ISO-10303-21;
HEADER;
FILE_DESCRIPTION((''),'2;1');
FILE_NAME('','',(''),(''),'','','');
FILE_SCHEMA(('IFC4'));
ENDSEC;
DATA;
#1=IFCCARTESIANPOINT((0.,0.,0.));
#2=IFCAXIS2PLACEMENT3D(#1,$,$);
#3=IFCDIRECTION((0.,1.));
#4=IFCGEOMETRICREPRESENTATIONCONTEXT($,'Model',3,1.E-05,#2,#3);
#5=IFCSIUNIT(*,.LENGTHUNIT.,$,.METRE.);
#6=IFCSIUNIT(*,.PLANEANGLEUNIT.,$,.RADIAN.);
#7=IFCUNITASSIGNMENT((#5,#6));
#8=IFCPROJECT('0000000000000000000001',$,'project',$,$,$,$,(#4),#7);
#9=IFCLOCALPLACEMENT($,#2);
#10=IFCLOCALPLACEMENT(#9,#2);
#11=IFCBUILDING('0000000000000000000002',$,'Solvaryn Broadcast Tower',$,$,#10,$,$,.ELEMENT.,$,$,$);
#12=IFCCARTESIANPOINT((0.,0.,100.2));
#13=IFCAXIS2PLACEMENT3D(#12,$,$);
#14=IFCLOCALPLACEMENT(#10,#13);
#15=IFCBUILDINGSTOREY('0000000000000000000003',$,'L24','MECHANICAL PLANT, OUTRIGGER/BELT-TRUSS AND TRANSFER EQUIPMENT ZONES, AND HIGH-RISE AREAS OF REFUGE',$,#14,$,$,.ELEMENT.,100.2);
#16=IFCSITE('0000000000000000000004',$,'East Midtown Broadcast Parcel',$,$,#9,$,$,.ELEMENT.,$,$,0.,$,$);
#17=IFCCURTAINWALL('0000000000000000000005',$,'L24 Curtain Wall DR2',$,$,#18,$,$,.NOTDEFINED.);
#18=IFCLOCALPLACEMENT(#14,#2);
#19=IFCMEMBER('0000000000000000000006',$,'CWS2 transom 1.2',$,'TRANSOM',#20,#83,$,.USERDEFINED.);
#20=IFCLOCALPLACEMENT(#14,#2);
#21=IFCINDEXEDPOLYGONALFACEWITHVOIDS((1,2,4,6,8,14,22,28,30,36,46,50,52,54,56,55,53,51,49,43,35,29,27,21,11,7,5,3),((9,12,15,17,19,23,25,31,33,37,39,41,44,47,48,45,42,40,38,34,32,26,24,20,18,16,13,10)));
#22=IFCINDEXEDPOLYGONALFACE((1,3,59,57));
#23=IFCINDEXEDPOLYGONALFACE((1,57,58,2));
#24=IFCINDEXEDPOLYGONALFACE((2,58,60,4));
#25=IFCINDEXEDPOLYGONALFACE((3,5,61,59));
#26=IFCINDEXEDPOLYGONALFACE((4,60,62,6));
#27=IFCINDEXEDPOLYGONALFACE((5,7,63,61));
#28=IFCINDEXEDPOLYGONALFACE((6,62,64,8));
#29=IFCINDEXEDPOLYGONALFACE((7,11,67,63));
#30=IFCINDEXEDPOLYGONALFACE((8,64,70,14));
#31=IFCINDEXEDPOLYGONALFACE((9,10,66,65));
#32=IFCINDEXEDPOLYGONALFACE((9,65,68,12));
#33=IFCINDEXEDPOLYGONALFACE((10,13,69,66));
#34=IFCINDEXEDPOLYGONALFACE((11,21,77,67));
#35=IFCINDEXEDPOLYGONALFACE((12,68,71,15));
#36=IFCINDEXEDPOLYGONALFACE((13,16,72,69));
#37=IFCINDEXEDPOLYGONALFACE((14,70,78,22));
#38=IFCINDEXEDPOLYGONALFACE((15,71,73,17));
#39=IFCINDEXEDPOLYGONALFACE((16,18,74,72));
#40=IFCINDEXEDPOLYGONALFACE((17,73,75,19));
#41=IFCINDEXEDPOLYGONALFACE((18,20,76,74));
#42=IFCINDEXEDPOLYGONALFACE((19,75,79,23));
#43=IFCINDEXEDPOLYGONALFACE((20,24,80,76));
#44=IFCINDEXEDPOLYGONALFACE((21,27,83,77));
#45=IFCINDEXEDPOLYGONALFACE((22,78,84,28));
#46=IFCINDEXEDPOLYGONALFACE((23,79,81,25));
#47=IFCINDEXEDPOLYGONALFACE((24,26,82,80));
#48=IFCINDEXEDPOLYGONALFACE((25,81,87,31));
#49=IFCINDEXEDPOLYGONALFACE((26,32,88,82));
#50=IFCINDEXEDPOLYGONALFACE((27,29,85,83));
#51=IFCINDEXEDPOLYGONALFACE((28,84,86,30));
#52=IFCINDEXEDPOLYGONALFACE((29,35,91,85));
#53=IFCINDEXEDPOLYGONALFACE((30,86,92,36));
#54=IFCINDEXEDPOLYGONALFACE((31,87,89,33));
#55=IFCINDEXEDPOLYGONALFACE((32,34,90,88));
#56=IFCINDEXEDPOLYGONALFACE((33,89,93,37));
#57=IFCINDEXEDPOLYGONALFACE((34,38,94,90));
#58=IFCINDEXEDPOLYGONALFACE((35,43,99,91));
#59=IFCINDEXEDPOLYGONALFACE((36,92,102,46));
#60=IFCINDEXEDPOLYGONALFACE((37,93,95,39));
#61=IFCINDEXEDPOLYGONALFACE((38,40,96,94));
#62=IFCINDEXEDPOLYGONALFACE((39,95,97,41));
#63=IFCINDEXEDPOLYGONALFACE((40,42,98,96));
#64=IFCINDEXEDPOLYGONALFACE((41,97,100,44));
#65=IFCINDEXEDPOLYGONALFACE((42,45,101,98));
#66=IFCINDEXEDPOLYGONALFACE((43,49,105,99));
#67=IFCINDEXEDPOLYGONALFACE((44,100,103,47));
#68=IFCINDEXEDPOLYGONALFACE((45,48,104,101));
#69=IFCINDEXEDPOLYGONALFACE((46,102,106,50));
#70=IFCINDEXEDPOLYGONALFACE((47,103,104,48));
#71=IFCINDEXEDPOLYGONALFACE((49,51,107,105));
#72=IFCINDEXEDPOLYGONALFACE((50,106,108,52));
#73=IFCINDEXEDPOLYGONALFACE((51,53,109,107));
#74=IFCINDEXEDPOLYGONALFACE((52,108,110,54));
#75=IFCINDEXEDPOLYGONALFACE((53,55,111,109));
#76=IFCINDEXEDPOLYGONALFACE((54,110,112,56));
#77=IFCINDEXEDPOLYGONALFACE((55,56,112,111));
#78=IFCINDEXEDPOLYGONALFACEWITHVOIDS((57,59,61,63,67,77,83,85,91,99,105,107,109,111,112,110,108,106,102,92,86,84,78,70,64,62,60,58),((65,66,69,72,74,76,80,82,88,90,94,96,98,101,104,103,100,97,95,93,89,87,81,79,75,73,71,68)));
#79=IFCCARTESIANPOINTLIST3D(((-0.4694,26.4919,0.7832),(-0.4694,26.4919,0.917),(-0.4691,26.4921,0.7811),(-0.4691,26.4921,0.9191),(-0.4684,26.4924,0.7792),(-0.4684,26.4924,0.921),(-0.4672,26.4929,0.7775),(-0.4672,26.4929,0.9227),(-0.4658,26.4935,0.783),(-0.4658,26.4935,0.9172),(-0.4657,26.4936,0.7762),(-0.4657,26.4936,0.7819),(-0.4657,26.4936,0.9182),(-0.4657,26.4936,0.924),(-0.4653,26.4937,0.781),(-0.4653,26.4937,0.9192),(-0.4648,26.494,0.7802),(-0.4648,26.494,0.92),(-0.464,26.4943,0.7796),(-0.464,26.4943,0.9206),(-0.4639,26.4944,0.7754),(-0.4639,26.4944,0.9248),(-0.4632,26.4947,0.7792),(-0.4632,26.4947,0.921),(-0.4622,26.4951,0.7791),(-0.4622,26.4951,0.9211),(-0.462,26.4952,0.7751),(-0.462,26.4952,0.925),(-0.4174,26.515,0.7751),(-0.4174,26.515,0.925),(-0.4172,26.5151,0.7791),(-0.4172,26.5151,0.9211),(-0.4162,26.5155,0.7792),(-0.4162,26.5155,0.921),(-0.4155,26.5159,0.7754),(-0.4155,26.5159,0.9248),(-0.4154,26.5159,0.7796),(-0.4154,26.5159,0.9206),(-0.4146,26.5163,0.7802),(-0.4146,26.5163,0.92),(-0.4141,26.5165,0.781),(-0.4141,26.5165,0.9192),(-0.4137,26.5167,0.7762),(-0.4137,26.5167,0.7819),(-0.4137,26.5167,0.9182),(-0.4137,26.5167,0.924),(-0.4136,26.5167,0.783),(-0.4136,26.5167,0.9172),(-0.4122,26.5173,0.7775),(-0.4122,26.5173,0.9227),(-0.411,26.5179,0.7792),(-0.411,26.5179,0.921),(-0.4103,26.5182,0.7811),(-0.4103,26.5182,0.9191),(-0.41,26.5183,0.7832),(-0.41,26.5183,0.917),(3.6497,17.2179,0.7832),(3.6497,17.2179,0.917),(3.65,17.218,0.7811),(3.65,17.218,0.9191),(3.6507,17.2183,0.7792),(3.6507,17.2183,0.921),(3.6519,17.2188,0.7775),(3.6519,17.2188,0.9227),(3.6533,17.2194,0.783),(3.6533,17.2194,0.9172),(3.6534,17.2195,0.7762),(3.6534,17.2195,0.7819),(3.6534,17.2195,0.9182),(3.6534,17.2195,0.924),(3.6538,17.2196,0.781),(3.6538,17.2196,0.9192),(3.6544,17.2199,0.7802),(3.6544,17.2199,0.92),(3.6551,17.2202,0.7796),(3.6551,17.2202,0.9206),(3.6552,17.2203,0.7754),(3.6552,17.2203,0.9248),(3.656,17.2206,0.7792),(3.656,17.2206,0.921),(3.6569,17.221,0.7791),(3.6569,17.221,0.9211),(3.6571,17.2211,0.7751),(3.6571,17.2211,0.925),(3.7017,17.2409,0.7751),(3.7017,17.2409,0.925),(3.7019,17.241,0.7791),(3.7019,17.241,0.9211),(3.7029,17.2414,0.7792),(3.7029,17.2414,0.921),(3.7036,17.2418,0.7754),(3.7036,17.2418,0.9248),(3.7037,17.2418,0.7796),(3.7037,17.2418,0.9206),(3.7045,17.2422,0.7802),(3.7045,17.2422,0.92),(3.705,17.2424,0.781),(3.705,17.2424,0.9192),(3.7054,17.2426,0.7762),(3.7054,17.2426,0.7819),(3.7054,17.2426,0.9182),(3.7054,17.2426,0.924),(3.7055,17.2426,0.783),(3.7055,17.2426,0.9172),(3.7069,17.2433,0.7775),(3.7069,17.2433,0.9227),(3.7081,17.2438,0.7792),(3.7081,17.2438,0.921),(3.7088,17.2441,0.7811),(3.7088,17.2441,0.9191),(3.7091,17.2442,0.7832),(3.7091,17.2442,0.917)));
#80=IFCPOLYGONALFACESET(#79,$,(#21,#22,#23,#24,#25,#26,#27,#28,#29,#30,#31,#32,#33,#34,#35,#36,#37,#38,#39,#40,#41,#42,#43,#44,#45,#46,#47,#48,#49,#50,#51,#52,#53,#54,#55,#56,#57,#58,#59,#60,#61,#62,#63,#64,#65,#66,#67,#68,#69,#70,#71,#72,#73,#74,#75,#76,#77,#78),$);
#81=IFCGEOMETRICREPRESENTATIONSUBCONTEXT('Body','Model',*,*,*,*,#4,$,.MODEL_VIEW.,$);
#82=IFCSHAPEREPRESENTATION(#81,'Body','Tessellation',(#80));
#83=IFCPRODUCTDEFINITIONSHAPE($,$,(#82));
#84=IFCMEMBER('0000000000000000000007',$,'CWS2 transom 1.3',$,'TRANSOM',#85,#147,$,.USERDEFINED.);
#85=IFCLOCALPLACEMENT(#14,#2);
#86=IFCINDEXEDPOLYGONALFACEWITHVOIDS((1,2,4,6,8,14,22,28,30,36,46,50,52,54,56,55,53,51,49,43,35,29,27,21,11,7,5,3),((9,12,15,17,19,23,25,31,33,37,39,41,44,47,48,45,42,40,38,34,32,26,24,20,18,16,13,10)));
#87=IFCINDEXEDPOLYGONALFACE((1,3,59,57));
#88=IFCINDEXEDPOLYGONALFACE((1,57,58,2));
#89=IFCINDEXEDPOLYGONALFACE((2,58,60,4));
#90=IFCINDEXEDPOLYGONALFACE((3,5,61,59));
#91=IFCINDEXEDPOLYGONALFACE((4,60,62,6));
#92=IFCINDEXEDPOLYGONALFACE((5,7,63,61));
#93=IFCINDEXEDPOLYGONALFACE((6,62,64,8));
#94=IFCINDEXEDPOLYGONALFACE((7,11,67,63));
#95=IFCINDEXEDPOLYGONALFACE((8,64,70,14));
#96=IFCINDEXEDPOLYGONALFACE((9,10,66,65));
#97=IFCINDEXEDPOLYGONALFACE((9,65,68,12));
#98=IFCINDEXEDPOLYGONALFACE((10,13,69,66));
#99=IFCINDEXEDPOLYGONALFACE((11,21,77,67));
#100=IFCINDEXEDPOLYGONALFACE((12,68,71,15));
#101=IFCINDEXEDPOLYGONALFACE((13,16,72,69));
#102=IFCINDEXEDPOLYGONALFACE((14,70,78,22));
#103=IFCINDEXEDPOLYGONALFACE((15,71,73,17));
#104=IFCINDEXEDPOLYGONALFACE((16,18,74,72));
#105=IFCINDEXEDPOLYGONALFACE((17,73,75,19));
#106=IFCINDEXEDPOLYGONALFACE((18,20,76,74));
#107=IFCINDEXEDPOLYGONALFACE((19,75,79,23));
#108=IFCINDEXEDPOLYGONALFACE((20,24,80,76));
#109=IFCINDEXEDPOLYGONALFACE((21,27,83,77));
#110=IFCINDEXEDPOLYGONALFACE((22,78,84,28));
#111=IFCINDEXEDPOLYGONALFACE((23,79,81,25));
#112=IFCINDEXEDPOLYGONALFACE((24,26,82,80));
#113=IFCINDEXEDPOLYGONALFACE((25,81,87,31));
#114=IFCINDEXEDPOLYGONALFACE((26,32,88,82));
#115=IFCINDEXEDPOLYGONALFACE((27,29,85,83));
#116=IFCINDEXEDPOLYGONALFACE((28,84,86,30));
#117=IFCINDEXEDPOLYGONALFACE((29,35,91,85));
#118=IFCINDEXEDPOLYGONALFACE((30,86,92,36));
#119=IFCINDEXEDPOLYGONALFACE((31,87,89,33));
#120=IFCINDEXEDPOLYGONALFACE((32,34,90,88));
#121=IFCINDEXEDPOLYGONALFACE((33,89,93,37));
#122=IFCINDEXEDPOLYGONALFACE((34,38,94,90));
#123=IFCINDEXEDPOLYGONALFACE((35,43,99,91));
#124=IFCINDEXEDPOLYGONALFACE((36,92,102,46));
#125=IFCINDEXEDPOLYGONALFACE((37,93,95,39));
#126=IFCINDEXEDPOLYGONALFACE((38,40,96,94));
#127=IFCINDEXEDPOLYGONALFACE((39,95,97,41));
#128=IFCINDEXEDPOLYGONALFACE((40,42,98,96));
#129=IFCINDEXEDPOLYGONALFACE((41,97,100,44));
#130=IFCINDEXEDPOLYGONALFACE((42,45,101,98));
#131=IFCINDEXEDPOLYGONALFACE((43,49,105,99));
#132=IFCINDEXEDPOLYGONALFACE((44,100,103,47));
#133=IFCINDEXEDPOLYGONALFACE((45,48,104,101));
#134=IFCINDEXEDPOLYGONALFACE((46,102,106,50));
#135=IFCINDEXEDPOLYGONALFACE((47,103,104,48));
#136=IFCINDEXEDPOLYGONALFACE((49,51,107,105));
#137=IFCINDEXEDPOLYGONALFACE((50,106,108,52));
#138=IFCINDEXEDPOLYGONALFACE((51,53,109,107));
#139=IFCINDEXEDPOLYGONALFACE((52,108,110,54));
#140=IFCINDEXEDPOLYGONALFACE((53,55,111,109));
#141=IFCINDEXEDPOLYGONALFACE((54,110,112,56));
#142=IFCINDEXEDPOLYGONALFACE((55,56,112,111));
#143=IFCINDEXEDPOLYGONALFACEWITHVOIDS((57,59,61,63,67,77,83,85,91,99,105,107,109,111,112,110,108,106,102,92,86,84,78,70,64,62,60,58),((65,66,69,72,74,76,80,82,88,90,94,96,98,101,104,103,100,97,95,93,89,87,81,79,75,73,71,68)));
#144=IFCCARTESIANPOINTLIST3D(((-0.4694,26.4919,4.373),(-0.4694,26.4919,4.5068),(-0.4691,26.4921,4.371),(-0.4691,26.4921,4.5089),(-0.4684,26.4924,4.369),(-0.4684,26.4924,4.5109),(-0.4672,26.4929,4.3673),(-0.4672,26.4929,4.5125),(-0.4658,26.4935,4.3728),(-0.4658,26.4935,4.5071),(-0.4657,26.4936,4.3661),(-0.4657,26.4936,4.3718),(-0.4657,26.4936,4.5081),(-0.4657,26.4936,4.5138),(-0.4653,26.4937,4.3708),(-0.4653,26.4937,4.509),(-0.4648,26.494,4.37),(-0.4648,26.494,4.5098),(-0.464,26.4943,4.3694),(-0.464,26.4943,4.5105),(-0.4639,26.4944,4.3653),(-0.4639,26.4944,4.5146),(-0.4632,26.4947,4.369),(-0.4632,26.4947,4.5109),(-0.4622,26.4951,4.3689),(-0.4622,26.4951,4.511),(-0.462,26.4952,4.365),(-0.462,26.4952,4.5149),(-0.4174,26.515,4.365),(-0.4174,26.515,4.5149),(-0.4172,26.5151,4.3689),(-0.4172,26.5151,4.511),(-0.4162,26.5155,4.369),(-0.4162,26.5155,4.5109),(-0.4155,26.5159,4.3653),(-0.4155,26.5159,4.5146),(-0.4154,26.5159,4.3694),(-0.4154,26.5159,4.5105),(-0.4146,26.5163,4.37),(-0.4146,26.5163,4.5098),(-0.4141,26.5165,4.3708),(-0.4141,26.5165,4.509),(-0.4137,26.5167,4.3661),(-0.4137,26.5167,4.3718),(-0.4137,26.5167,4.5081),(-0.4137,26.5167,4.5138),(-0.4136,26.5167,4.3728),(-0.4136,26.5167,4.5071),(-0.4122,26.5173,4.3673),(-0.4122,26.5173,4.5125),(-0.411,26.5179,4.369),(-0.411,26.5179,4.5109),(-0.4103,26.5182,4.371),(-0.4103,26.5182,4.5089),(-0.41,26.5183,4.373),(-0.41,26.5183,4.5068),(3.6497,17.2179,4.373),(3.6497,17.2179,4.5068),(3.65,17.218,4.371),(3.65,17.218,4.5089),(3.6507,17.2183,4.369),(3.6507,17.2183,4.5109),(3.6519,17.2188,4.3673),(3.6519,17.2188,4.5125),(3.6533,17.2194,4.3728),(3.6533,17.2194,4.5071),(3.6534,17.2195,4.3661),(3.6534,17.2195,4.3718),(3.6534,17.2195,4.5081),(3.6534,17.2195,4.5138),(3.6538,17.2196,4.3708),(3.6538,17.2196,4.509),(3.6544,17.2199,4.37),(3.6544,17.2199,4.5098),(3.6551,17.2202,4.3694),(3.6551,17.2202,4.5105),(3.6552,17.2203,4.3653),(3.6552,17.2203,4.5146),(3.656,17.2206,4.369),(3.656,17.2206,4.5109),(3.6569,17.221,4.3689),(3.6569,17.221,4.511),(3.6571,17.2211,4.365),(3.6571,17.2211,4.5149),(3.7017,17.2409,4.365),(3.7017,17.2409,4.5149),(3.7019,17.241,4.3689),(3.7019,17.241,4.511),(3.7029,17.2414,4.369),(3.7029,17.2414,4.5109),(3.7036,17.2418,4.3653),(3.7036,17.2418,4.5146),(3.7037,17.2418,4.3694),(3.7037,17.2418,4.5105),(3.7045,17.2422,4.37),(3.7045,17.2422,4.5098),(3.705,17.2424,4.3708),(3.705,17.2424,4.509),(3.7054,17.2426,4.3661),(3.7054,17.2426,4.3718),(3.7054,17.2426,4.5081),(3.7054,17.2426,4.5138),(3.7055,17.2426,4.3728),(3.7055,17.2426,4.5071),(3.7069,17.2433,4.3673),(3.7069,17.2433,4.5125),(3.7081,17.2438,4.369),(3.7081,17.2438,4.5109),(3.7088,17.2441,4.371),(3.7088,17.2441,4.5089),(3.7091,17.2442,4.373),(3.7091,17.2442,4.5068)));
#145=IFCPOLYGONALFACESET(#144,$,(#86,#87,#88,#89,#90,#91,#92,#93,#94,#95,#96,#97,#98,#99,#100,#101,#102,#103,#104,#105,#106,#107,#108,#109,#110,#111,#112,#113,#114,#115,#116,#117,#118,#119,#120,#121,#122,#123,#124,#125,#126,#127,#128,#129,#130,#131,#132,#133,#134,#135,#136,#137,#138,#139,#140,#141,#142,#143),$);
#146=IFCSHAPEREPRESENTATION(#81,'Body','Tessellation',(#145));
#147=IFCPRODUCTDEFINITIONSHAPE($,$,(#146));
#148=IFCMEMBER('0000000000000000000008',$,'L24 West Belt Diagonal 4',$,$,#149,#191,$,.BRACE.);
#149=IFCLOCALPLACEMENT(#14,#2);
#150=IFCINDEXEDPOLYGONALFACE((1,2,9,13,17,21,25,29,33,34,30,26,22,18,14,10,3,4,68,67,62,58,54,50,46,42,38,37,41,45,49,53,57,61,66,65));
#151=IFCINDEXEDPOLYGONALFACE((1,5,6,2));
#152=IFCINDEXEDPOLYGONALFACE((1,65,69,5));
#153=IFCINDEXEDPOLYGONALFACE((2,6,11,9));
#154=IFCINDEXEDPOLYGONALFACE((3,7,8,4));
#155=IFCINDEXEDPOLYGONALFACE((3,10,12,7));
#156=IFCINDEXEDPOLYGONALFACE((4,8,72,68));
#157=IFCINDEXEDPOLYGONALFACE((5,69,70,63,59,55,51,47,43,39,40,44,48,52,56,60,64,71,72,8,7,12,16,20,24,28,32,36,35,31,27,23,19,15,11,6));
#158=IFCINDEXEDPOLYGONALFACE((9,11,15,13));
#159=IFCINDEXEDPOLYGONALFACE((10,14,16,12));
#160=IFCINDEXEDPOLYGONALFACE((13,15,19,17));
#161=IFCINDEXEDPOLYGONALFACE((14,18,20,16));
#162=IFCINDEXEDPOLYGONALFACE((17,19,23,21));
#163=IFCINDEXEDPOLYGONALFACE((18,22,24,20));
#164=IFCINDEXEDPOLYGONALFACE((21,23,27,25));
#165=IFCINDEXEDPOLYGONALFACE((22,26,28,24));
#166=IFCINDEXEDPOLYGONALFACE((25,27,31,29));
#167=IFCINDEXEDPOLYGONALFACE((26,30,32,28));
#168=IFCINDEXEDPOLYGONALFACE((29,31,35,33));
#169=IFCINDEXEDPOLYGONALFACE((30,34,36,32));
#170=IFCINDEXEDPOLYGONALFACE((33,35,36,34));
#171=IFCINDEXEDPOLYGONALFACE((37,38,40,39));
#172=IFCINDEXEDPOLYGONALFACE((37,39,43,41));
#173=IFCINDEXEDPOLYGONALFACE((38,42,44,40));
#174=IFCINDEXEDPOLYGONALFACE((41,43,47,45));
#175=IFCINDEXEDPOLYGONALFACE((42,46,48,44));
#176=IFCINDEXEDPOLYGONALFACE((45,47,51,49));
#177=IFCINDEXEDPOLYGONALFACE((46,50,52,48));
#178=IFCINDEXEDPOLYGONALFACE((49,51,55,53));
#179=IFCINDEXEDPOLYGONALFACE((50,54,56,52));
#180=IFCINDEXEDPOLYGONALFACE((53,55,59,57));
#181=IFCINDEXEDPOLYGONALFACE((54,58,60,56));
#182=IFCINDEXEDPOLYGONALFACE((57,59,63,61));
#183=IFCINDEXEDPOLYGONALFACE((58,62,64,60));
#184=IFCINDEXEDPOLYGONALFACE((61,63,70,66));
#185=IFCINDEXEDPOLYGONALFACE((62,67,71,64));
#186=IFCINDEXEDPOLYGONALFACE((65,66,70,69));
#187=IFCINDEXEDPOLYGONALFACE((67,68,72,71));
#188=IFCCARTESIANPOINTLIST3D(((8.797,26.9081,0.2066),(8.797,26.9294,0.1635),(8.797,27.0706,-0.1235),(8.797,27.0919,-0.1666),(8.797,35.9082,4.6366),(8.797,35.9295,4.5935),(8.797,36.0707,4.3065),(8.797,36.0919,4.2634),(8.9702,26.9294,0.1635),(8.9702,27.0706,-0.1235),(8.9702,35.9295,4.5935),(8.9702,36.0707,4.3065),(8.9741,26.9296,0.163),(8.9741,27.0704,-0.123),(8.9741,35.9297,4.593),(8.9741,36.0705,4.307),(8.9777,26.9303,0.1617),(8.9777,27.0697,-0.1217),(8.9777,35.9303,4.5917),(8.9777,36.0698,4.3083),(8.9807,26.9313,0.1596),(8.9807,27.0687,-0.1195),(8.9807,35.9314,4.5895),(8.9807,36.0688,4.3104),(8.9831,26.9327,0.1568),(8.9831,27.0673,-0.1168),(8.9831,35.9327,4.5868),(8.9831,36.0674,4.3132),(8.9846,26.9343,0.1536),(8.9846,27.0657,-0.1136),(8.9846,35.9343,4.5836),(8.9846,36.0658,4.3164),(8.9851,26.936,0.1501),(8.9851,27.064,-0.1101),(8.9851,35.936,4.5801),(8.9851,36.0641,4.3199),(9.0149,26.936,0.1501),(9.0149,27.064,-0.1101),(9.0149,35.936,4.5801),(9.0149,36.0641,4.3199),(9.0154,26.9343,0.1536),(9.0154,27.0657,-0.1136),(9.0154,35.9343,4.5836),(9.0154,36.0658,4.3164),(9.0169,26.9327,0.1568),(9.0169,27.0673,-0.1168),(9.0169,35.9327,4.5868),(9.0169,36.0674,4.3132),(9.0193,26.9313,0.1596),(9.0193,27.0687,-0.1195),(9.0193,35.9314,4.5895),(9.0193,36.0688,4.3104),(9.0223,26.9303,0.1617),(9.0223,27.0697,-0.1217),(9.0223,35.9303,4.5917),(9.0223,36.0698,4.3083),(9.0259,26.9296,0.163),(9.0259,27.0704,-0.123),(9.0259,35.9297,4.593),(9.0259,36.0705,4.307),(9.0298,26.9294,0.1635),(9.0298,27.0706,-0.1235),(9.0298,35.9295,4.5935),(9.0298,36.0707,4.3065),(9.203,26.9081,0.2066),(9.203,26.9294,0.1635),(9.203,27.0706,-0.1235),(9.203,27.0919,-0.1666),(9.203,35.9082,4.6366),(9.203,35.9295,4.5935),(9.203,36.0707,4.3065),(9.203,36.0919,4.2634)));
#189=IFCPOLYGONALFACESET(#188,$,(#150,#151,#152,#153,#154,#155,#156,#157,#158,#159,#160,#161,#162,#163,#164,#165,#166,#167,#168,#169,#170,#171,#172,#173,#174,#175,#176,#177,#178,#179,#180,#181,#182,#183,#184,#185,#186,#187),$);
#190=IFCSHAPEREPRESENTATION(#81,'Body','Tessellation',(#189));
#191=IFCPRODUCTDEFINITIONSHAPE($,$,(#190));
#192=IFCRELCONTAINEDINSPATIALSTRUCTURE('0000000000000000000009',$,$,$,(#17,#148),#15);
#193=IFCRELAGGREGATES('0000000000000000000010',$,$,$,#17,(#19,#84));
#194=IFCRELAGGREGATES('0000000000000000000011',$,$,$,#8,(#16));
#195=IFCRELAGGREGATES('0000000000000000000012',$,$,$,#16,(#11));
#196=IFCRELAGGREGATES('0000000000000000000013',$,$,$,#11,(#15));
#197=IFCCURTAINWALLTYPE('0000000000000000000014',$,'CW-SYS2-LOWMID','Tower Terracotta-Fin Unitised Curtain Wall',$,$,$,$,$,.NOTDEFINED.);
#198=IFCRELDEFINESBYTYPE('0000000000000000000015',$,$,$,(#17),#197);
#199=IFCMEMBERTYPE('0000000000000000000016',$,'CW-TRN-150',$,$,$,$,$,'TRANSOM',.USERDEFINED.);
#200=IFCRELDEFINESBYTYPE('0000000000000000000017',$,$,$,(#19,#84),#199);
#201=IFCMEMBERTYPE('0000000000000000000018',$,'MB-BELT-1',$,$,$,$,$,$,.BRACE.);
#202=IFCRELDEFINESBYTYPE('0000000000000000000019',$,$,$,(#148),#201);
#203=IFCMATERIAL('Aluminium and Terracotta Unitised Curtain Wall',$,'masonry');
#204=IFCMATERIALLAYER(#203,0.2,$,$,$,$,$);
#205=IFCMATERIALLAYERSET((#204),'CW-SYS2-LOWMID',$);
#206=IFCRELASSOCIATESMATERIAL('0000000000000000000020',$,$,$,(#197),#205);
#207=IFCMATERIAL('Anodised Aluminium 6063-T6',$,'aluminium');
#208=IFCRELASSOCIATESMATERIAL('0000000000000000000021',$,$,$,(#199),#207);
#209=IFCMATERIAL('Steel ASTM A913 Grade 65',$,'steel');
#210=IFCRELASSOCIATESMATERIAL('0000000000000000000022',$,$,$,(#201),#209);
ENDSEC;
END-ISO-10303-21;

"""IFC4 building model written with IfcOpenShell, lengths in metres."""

from ifc_helpers import new_model, si_unit, direction, frame, origin, origin_2d, place, context, subcontext, project, spatial, hollow_rectangle, i_section, extrude, material, layer, layer_set, material_profile, profile_set, type_object, element, aggregate, save


model = new_model("IFC4")

# Units and contexts
model_context = context("Model", 3, precision=1e-05, world=origin(), true_north=direction((0.0, 1.0)))
body_context = subcontext(model_context, "Body", "Model", "MODEL_VIEW")
ifc_project = project(units=[si_unit("LENGTHUNIT", "METRE"), si_unit("PLANEANGLEUNIT", "RADIAN")], contexts=[model_context])

# Site, building, storey
site_placement = place(None, origin())
site = spatial("IfcSite", under=ifc_project, at=site_placement, Name="East Midtown Broadcast Parcel", CompositionType="ELEMENT", RefElevation=0.0)
building_placement = place(site_placement, origin())
building = spatial("IfcBuilding", under=site, at=building_placement, Name="Solvaryn Broadcast Tower", CompositionType="ELEMENT")
storey_placement = place(building_placement, frame((0.0, 0.0, 100.2)))
storey = spatial("IfcBuildingStorey", under=building, at=storey_placement, Name="L24", Description="MECHANICAL PLANT, OUTRIGGER/BELT-TRUSS AND TRANSFER EQUIPMENT ZONES, AND HIGH-RISE AREAS OF REFUGE", CompositionType="ELEMENT", Elevation=100.2)

# Shared definitions
ifc_material_1 = material(Name="Aluminium and Terracotta Unitised Curtain Wall", Category="masonry")
ifc_layer_1 = layer(ifc_material_1, 0.2)
ifc_layer_set_1 = layer_set([ifc_layer_1], Name="CW-SYS2-LOWMID")
curtain_wall_type = type_object("IfcCurtainWallType", Name="CW-SYS2-LOWMID", Description="Tower Terracotta-Fin Unitised Curtain Wall", PredefinedType="NOTDEFINED", material=ifc_layer_set_1)

# Curtain wall, members
curtain_wall_1_placement = place(storey_placement, origin())
curtain_wall_1 = element("IfcCurtainWall", 1, at=curtain_wall_1_placement, inside=storey, type_object=curtain_wall_type, Name="L24 Curtain Wall DR2", PredefinedType="NOTDEFINED")
ifc_material_2 = material(Name="Anodised Aluminium 6063-T6", Category="aluminium")
ifc_material_profile_1 = material_profile(ifc_material_2, hollow_rectangle(XDim=0.0649, YDim=0.1499, WallThickness=0.0039, InnerFilletRadius=0.0039, OuterFilletRadius=0.0081, at=origin_2d()))
ifc_profile_set_1 = profile_set([ifc_material_profile_1], Name="Anodised Aluminium 6063-T6")
member_type_1 = type_object("IfcMemberType", Name="CW-TRN-150", ElementType="TRANSOM", PredefinedType="USERDEFINED", material=ifc_profile_set_1)
member_1_placement = place(storey_placement, frame((-0.4397, 26.5051, 0.8501), z_axis=(0.405915, -0.913911, 0.0), x_axis=(0.913911, 0.405915, 0.0)))
member_1 = element("IfcMember", 2, at=member_1_placement, type_object=member_type_1, Name="CWS2 transom 1.2", ObjectType="TRANSOM", PredefinedType="USERDEFINED", context=body_context, shape_type="SweptSolid", body=[
    extrude(hollow_rectangle(XDim=0.0649, YDim=0.1499, WallThickness=0.0039, InnerFilletRadius=0.0039, OuterFilletRadius=0.0081, at=origin_2d()), origin(), (0.0, 0.0, 1.0), 10.1477),
])
member_2_placement = place(storey_placement, frame((-0.4397, 26.5051, 4.4399), z_axis=(0.405915, -0.913911, 0.0), x_axis=(0.913911, 0.405915, 0.0)))
member_2 = element("IfcMember", 3, at=member_2_placement, type_object=member_type_1, Name="CWS2 transom 1.3", ObjectType="TRANSOM", PredefinedType="USERDEFINED", context=body_context, shape_type="SweptSolid", body=[
    extrude(hollow_rectangle(XDim=0.0649, YDim=0.1499, WallThickness=0.0039, InnerFilletRadius=0.0039, OuterFilletRadius=0.0081, at=origin_2d()), origin(), (0.0, 0.0, 1.0), 10.1477),
])

# Member
ifc_material_3 = material(Name="Steel ASTM A913 Grade 65", Category="steel")
ifc_material_profile_2 = material_profile(ifc_material_3, i_section(OverallWidth=0.406, OverallDepth=0.416, WebThickness=0.0298, FlangeThickness=0.0481, FilletRadius=0.0149, at=origin_2d()))
ifc_profile_set_2 = profile_set([ifc_material_profile_2], Name="Steel ASTM A913 Grade 65")
member_type_2 = type_object("IfcMemberType", Name="MB-BELT-1", PredefinedType="BRACE", material=ifc_profile_set_2)
member_3_placement = place(storey_placement, frame((9.0, 27.0, 0.02), z_axis=(0.0, 0.897204, 0.441617), x_axis=(-1.0, 0.0, 0.0)))
element("IfcMember", 4, at=member_3_placement, inside=storey, type_object=member_type_2, Name="L24 West Belt Diagonal 4", PredefinedType="BRACE", context=body_context, shape_type="SweptSolid", body=[
    extrude(i_section(OverallWidth=0.406, OverallDepth=0.416, WebThickness=0.0298, FlangeThickness=0.0481, FilletRadius=0.0149, at=origin_2d()), origin(), (0.0, 0.0, 1.0), 10.0312),
])

aggregate(curtain_wall_1, [member_1, member_2])

save(model, "model.ifc")
